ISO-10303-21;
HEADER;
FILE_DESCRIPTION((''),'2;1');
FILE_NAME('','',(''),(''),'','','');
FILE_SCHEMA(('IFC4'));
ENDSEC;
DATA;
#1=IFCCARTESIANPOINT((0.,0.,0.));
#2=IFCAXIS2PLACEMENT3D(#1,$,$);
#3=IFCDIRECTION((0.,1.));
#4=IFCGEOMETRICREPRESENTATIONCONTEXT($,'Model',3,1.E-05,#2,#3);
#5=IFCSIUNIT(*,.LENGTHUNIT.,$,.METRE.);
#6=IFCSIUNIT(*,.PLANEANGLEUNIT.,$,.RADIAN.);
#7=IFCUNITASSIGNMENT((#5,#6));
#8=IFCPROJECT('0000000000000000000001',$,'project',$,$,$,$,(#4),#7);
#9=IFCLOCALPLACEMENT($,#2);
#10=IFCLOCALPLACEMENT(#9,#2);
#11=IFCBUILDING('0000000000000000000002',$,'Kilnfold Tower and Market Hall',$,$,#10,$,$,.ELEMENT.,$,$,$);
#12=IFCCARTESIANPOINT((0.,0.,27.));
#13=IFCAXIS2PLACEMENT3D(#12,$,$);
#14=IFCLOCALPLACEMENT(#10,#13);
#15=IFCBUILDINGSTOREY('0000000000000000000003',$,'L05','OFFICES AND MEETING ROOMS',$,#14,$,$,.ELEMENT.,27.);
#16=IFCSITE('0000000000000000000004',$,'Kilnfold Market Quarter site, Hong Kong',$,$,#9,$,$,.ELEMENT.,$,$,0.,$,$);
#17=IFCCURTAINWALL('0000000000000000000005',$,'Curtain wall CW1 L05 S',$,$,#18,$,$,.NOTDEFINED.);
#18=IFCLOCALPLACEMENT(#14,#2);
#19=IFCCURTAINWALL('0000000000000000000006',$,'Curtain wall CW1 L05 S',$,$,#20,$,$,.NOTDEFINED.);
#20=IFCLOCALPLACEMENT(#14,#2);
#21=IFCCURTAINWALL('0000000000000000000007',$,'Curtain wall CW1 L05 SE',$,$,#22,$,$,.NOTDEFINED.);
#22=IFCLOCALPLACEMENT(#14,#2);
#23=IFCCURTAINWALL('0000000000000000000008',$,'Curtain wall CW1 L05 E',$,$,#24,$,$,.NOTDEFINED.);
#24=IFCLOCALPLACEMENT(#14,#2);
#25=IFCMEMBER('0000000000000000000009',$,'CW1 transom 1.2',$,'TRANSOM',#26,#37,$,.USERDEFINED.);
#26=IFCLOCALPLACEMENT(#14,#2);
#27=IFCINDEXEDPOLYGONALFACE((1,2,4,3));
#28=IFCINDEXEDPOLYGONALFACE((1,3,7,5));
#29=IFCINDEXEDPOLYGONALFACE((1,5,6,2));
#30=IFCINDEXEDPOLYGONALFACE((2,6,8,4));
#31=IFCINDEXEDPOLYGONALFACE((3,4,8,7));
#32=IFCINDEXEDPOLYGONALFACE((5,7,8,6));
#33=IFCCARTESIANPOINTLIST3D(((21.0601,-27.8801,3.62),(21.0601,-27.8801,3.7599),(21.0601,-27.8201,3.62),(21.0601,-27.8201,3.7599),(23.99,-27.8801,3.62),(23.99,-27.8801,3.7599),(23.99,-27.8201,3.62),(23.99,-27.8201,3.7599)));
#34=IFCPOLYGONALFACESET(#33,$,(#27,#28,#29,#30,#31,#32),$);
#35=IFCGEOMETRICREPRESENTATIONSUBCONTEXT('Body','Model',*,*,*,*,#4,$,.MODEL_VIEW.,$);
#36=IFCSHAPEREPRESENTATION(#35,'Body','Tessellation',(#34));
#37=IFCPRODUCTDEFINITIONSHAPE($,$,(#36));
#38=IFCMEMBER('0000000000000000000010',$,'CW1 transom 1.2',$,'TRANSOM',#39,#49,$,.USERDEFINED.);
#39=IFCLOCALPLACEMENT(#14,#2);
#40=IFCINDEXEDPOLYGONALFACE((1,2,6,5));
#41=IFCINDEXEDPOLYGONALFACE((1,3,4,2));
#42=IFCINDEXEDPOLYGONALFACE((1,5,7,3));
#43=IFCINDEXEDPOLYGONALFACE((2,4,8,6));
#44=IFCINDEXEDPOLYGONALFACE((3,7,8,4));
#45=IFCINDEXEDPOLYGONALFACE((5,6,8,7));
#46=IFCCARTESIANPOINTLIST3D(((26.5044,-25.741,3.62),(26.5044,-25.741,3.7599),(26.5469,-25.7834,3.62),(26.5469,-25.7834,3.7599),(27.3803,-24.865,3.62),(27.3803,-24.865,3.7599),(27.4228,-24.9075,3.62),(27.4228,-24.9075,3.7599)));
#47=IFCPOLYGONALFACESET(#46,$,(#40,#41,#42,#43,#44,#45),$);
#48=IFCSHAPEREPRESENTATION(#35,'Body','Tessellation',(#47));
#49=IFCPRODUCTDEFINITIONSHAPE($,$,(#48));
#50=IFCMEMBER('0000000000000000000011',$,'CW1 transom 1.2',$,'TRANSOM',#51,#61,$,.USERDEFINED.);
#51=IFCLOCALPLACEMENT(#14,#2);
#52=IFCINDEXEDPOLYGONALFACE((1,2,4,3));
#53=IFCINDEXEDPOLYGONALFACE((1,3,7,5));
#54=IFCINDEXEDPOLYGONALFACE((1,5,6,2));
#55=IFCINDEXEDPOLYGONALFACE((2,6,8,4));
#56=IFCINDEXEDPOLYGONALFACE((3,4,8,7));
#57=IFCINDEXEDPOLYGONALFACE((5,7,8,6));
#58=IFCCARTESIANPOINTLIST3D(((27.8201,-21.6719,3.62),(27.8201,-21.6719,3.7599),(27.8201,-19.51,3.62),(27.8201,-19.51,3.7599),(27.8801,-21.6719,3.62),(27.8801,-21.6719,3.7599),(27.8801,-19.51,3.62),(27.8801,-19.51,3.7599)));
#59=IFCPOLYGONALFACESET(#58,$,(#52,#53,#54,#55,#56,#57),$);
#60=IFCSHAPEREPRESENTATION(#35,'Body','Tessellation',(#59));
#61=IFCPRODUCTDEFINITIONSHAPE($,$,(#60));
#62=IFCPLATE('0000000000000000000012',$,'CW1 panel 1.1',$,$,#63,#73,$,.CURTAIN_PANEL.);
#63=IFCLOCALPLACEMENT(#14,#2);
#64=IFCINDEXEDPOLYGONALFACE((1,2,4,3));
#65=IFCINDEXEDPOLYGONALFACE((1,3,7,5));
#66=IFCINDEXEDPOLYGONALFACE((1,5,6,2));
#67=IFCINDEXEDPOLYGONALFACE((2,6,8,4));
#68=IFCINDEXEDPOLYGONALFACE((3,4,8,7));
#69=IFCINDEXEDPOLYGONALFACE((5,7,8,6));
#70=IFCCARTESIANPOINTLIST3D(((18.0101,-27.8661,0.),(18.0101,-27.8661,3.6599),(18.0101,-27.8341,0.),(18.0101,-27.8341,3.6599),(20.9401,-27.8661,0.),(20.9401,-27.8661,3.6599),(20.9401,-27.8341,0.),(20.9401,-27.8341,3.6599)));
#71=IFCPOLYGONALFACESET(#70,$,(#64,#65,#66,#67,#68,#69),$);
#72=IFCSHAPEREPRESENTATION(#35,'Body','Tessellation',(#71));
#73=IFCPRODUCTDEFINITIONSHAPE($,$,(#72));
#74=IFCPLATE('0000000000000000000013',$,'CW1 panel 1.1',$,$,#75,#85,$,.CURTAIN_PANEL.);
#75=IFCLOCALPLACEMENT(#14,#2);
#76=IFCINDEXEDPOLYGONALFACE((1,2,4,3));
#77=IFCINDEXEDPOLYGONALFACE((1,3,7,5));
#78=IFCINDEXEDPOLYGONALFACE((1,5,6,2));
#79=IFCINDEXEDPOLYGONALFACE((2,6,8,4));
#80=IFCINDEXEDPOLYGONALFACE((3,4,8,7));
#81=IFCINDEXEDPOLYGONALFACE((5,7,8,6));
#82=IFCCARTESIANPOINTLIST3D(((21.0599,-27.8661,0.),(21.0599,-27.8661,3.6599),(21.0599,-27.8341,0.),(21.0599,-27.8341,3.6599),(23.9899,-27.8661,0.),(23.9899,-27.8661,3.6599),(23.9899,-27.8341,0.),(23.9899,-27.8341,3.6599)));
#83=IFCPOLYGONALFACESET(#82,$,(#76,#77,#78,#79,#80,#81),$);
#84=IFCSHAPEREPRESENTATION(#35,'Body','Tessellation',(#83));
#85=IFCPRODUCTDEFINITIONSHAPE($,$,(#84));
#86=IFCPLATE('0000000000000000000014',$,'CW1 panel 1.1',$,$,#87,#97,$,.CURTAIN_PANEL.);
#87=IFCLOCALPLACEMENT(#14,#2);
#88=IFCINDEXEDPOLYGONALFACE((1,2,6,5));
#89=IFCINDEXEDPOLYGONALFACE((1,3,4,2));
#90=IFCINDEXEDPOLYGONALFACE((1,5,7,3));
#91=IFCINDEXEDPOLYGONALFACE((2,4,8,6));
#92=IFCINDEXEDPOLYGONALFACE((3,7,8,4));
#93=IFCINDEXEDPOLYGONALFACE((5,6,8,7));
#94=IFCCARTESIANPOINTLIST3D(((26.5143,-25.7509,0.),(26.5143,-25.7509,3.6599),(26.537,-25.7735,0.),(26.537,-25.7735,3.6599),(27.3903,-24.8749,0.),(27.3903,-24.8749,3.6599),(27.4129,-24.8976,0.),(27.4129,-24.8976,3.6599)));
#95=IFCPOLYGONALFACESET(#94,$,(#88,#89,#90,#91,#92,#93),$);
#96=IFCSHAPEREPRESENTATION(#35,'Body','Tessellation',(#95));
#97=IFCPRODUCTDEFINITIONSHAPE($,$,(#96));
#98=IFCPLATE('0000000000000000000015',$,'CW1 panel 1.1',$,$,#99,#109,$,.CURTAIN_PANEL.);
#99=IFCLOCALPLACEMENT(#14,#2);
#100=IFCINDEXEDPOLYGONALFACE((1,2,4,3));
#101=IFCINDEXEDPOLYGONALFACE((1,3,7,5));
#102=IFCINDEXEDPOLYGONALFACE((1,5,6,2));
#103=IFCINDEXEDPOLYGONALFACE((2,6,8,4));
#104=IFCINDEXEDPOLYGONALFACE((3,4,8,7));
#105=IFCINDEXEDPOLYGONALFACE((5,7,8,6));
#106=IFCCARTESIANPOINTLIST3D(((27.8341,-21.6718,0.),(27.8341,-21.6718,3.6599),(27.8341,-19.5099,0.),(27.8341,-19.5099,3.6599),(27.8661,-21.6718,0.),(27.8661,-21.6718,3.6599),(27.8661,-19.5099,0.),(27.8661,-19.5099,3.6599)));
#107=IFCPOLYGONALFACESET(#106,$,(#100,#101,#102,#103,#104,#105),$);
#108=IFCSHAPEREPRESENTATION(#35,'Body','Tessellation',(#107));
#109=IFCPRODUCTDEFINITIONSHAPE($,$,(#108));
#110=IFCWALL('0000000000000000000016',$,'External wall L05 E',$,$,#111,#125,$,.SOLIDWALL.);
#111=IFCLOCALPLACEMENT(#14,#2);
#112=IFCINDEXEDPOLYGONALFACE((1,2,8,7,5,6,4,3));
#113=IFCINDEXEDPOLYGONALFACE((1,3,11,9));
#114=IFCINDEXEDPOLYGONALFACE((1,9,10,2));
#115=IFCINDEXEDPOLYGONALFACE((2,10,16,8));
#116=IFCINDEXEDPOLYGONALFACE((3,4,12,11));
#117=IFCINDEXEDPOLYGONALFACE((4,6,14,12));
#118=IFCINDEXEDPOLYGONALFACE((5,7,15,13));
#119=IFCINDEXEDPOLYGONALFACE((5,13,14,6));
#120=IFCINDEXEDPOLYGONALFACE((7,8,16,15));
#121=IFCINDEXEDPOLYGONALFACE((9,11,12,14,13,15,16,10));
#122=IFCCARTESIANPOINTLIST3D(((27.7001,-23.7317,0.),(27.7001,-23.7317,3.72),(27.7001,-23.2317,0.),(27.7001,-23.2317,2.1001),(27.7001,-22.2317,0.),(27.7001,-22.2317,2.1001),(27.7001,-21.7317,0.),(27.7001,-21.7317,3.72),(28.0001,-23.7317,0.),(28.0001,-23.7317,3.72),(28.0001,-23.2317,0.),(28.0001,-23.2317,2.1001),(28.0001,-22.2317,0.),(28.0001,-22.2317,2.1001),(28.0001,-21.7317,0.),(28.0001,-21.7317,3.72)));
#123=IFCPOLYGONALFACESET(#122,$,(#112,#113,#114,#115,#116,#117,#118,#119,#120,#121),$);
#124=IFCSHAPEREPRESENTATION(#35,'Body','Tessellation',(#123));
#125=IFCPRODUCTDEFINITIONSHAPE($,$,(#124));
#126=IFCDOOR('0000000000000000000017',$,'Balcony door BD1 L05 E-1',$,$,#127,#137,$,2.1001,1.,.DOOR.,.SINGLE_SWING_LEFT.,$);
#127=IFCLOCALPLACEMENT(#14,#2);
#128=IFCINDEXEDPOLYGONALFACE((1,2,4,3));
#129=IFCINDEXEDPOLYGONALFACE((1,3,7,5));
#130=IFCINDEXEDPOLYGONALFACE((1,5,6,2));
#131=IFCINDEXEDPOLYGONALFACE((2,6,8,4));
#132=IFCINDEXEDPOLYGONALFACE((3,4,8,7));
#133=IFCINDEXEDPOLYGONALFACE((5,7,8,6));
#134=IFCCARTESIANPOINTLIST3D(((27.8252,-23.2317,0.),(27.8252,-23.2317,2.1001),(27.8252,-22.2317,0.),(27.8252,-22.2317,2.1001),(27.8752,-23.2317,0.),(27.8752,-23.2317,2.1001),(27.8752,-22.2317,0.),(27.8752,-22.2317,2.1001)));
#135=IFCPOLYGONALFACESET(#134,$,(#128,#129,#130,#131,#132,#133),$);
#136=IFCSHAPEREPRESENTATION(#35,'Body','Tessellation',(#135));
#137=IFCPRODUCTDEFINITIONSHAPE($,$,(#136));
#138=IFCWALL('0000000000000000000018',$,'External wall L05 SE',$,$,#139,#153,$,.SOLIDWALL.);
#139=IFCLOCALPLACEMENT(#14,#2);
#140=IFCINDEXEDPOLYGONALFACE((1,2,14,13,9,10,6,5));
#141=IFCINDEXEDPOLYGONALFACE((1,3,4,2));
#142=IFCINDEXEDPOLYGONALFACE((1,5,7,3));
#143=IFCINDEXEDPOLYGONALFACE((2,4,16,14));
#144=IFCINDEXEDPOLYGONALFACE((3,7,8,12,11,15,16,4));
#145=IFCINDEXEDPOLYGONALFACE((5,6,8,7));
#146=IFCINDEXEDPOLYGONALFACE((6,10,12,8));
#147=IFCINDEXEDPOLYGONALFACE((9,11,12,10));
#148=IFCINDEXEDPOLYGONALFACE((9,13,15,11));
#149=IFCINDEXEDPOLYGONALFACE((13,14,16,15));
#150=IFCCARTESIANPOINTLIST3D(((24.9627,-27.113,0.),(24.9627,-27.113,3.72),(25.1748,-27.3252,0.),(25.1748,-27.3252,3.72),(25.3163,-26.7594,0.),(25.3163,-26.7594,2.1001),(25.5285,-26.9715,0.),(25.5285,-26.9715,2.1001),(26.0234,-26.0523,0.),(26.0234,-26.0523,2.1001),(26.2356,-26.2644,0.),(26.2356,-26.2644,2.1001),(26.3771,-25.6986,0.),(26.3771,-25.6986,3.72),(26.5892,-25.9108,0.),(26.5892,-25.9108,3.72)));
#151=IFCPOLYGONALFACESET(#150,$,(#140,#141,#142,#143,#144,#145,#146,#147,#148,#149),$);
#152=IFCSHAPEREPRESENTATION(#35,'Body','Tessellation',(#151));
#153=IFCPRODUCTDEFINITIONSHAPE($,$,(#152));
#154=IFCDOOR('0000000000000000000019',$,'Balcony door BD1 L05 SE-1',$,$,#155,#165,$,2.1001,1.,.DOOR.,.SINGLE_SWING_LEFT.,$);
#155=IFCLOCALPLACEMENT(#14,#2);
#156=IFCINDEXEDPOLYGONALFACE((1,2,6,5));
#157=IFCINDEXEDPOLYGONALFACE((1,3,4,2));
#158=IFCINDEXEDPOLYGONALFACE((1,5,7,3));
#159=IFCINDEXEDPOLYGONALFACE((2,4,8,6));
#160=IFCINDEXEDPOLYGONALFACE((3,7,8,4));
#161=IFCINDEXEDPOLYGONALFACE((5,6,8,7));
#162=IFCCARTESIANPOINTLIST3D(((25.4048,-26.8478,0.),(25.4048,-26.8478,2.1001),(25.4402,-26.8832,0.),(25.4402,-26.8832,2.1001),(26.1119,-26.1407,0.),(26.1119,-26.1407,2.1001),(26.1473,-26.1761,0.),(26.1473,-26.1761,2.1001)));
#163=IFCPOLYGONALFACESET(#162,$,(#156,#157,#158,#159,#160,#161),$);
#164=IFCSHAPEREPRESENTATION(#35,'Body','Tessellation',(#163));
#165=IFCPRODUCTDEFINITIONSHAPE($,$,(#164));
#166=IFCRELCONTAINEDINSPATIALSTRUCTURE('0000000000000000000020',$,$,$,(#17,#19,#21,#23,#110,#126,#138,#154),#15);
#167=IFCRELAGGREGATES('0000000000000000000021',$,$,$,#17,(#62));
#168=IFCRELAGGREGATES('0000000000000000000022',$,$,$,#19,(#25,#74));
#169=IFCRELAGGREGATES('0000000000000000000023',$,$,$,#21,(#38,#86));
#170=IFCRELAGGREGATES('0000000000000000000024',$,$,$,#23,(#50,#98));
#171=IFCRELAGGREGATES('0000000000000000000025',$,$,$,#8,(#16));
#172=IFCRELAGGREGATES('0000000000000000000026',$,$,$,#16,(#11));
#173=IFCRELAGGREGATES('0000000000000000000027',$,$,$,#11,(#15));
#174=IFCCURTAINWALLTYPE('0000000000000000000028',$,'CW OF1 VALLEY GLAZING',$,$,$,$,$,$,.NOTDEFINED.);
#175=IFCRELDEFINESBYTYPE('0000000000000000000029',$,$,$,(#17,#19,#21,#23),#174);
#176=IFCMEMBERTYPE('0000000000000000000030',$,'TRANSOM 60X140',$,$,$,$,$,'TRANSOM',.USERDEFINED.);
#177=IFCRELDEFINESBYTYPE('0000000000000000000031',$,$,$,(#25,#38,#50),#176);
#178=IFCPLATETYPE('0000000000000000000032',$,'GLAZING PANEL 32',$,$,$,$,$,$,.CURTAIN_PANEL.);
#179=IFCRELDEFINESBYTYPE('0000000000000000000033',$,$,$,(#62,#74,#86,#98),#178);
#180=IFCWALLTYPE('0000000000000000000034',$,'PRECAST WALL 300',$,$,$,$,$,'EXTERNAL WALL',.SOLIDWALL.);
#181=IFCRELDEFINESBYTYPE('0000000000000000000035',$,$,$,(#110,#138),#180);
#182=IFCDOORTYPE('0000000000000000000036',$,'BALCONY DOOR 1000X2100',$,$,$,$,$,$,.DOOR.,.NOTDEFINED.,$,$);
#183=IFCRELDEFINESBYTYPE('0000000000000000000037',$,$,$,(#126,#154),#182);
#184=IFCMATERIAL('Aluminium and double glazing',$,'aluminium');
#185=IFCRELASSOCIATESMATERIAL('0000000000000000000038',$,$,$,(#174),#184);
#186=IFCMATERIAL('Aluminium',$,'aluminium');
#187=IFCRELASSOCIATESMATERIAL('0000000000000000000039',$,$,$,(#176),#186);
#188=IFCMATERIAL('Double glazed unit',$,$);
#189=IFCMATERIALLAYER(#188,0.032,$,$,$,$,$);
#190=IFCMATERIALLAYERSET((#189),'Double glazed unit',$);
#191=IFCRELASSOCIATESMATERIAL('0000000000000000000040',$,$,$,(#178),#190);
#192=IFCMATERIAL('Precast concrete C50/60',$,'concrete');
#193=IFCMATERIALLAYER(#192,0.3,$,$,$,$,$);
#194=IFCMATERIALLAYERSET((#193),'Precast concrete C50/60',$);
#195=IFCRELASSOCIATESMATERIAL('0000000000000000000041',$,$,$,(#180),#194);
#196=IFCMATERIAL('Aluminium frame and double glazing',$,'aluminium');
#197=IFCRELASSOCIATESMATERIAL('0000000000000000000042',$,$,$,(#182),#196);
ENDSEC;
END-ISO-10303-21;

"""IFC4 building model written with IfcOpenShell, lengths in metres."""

from ifc_helpers import new_model, si_unit, direction, frame, frame_2d, origin, origin_2d, place, context, subcontext, project, spatial, rectangle, extrude, source, transform, mapped, material, layer, layer_set, material_profile, profile_set, type_object, element, fill, aggregate, save


model = new_model("IFC4")

# Units and contexts
model_context = context("Model", 3, precision=1e-05, world=origin(), true_north=direction((0.0, 1.0)))
body_context = subcontext(model_context, "Body", "Model", "MODEL_VIEW")
ifc_project = project(units=[si_unit("LENGTHUNIT", "METRE"), si_unit("PLANEANGLEUNIT", "RADIAN")], contexts=[model_context])

# Site, building, storey
site_placement = place(None, origin())
site = spatial("IfcSite", under=ifc_project, at=site_placement, Name="Kilnfold Market Quarter site, Hong Kong", CompositionType="ELEMENT", RefElevation=0.0)
building_placement = place(site_placement, origin())
building = spatial("IfcBuilding", under=site, at=building_placement, Name="Kilnfold Tower and Market Hall", CompositionType="ELEMENT")
storey_placement = place(building_placement, frame((0.0, 0.0, 27.0)))
storey = spatial("IfcBuildingStorey", under=building, at=storey_placement, Name="L05", Description="OFFICES AND MEETING ROOMS", CompositionType="ELEMENT", Elevation=27.0)

# Curtain wall
ifc_material_1 = material(Name="Aluminium and double glazing", Category="aluminium")
curtain_wall_type = type_object("IfcCurtainWallType", Name="CW OF1 VALLEY GLAZING", PredefinedType="NOTDEFINED", material=ifc_material_1)
curtain_wall_1_placement = place(storey_placement, origin())
curtain_wall_1 = element("IfcCurtainWall", 1, at=curtain_wall_1_placement, inside=storey, type_object=curtain_wall_type, Name="Curtain wall CW1 L05 S", PredefinedType="NOTDEFINED")

# Curtain walls
curtain_wall_2_placement = place(storey_placement, origin())
curtain_wall_2 = element("IfcCurtainWall", 2, at=curtain_wall_2_placement, inside=storey, type_object=curtain_wall_type, Name="Curtain wall CW1 L05 S", PredefinedType="NOTDEFINED")
curtain_wall_3_placement = place(storey_placement, origin())
curtain_wall_3 = element("IfcCurtainWall", 3, at=curtain_wall_3_placement, inside=storey, type_object=curtain_wall_type, Name="Curtain wall CW1 L05 SE", PredefinedType="NOTDEFINED")
curtain_wall_4_placement = place(storey_placement, origin())
curtain_wall_4 = element("IfcCurtainWall", 4, at=curtain_wall_4_placement, inside=storey, type_object=curtain_wall_type, Name="Curtain wall CW1 L05 E", PredefinedType="NOTDEFINED")

# Members
ifc_material_2 = material(Name="Aluminium", Category="aluminium")
ifc_material_profile_1 = material_profile(ifc_material_2, rectangle(XDim=0.0601, YDim=0.1399, at=origin_2d()), Name="TRANSOM 60x140")
ifc_profile_set_1 = profile_set([ifc_material_profile_1], Name="Aluminium")
member_type_1 = type_object("IfcMemberType", Name="TRANSOM 60X140", ElementType="TRANSOM", PredefinedType="USERDEFINED", material=ifc_profile_set_1)
shared_shape_1 = source(origin(), body_context, "Body", "SweptSolid", [
    extrude(rectangle(XDim=0.0601, YDim=0.1399, at=origin_2d()), origin(), (0.0, 0.0, 1.0), 2.9299),
])
member_1_placement = place(storey_placement, frame((21.0601, -27.8501, 3.6899), z_axis=(1.0, 0.0, 0.0), x_axis=(0.0, 1.0, 0.0)))
member_1 = element("IfcMember", 5, at=member_1_placement, type_object=member_type_1, Name="CW1 transom 1.2", ObjectType="TRANSOM", PredefinedType="USERDEFINED", context=body_context, shape_type="MappedRepresentation", body=[
    mapped(shared_shape_1, transform((0.0, 0.0, 0.0))),
])
shared_shape_2 = source(origin(), body_context, "Body", "SweptSolid", [
    extrude(rectangle(XDim=0.0601, YDim=0.1399, at=origin_2d()), origin(), (0.0, 0.0, 1.0), 1.2388),
])
member_2_placement = place(storey_placement, frame((26.5256, -25.7622, 3.6899), z_axis=(0.707107, 0.707107, 0.0), x_axis=(-0.707107, 0.707107, 0.0)))
member_2 = element("IfcMember", 6, at=member_2_placement, type_object=member_type_1, Name="CW1 transom 1.2", ObjectType="TRANSOM", PredefinedType="USERDEFINED", context=body_context, shape_type="MappedRepresentation", body=[
    mapped(shared_shape_2, transform((0.0, 0.0, 0.0))),
])
shared_shape_3 = source(origin(), body_context, "Body", "SweptSolid", [
    extrude(rectangle(XDim=0.0601, YDim=0.1399, at=origin_2d()), origin(), (0.0, 0.0, 1.0), 2.1619),
])
member_3_placement = place(storey_placement, frame((27.8501, -21.6719, 3.6899), z_axis=(0.0, 1.0, 0.0), x_axis=(-1.0, 0.0, 0.0)))
member_3 = element("IfcMember", 7, at=member_3_placement, type_object=member_type_1, Name="CW1 transom 1.2", ObjectType="TRANSOM", PredefinedType="USERDEFINED", context=body_context, shape_type="MappedRepresentation", body=[
    mapped(shared_shape_3, transform((0.0, 0.0, 0.0))),
])

# Plates
ifc_material_3 = material(Name="Double glazed unit")
ifc_layer_1 = layer(ifc_material_3, 0.032)
ifc_layer_set_1 = layer_set([ifc_layer_1], Name="Double glazed unit")
plate_type = type_object("IfcPlateType", Name="GLAZING PANEL 32", PredefinedType="CURTAIN_PANEL", material=ifc_layer_set_1)
shared_shape_4 = source(origin(), body_context, "Body", "SweptSolid", [
    extrude(rectangle(XDim=2.9299, YDim=0.032, at=origin_2d()), origin(), (0.0, 0.0, 1.0), 3.6599),
])
plate_1_placement = place(storey_placement, frame((19.4751, -27.8501, 0.0), z_axis=(0.0, 0.0, 1.0), x_axis=(1.0, 0.0, 0.0)))
plate_1 = element("IfcPlate", 8, at=plate_1_placement, type_object=plate_type, Name="CW1 panel 1.1", PredefinedType="CURTAIN_PANEL", context=body_context, shape_type="MappedRepresentation", body=[
    mapped(shared_shape_4, transform((0.0, 0.0, 0.0))),
])
aggregate(curtain_wall_1, [plate_1])
plate_2_placement = place(storey_placement, frame((22.5249, -27.8501, 0.0), z_axis=(0.0, 0.0, 1.0), x_axis=(1.0, 0.0, 0.0)))
plate_2 = element("IfcPlate", 9, at=plate_2_placement, type_object=plate_type, Name="CW1 panel 1.1", PredefinedType="CURTAIN_PANEL", context=body_context, shape_type="MappedRepresentation", body=[
    mapped(shared_shape_4, transform((0.0, 0.0, 0.0))),
])
aggregate(curtain_wall_2, [member_1, plate_2])
shared_shape_5 = source(origin(), body_context, "Body", "SweptSolid", [
    extrude(rectangle(XDim=1.2388, YDim=0.032, at=origin_2d()), origin(), (0.0, 0.0, 1.0), 3.6599),
])
plate_3_placement = place(storey_placement, frame((26.9636, -25.3242, 0.0), z_axis=(0.0, 0.0, 1.0), x_axis=(0.707107, 0.707107, 0.0)))
plate_3 = element("IfcPlate", 10, at=plate_3_placement, type_object=plate_type, Name="CW1 panel 1.1", PredefinedType="CURTAIN_PANEL", context=body_context, shape_type="MappedRepresentation", body=[
    mapped(shared_shape_5, transform((0.0, 0.0, 0.0))),
])
aggregate(curtain_wall_3, [member_2, plate_3])
shared_shape_6 = source(origin(), body_context, "Body", "SweptSolid", [
    extrude(rectangle(XDim=2.1619, YDim=0.032, at=origin_2d()), origin(), (0.0, 0.0, 1.0), 3.6599),
])
plate_4_placement = place(storey_placement, frame((27.8501, -20.5908, 0.0), z_axis=(0.0, 0.0, 1.0), x_axis=(0.0, 1.0, 0.0)))
plate_4 = element("IfcPlate", 11, at=plate_4_placement, type_object=plate_type, Name="CW1 panel 1.1", PredefinedType="CURTAIN_PANEL", context=body_context, shape_type="MappedRepresentation", body=[
    mapped(shared_shape_6, transform((0.0, 0.0, 0.0))),
])
aggregate(curtain_wall_4, [member_3, plate_4])

# Walls, openings, doors
ifc_material_4 = material(Name="Precast concrete C50/60", Category="concrete")
ifc_layer_2 = layer(ifc_material_4, 0.3)
ifc_layer_set_2 = layer_set([ifc_layer_2], Name="Precast concrete C50/60")
wall_type = type_object("IfcWallType", Name="PRECAST WALL 300", ElementType="EXTERNAL WALL", PredefinedType="SOLIDWALL", material=ifc_layer_set_2)
shared_shape_7 = source(origin(), body_context, "Body", "SweptSolid", [
    extrude(rectangle(XDim=2.0, YDim=0.3, at=frame_2d((1.0, 0.0))), origin(), (0.0, 0.0, 1.0), 3.72),
])
wall_1_placement = place(storey_placement, frame((27.8501, -23.7317, 0.0), z_axis=(0.0, 0.0, 1.0), x_axis=(0.0, 1.0, 0.0)))
wall_1 = element("IfcWall", 12, at=wall_1_placement, inside=storey, type_object=wall_type, Name="External wall L05 E", PredefinedType="SOLIDWALL", context=body_context, shape_type="MappedRepresentation", body=[
    mapped(shared_shape_7, transform((0.0, 0.0, 0.0))),
])
opening_1_placement = place(wall_1_placement, frame((0.5, 0.0, 0.0)))
opening_1 = element("IfcOpeningElement", 13, at=opening_1_placement, cuts=wall_1, PredefinedType="OPENING", context=body_context, shape_type="SweptSolid", body=[
    extrude(rectangle(XDim=1.0, YDim=2.1001, at=frame_2d((0.5, 1.05))), frame((0.0, 0.1602, 0.0), z_axis=(0.0, -1.0, 0.0), x_axis=(1.0, 0.0, 0.0)), (0.0, 0.0, 1.0), 0.3201),
])
ifc_material_5 = material(Name="Aluminium frame and double glazing", Category="aluminium")
door_type = type_object("IfcDoorType", Name="BALCONY DOOR 1000X2100", OperationType="NOTDEFINED", PredefinedType="DOOR", material=ifc_material_5)
door_1_placement = place(opening_1_placement, origin())
door_1 = element("IfcDoor", 14, at=door_1_placement, inside=storey, type_object=door_type, Name="Balcony door BD1 L05 E-1", OperationType="SINGLE_SWING_LEFT", OverallHeight=2.1001, OverallWidth=1.0, PredefinedType="DOOR", context=body_context, shape_type="SweptSolid", body=[
    extrude(rectangle(XDim=1.0, YDim=2.1001, at=frame_2d((0.5, 1.05))), frame((0.0, 0.0249, 0.0), z_axis=(0.0, -1.0, 0.0), x_axis=(1.0, 0.0, 0.0)), (0.0, 0.0, 1.0), 0.05),
])
fill(opening_1, door_1)
shared_shape_8 = source(origin(), body_context, "Body", "SweptSolid", [
    extrude(rectangle(XDim=2.0002, YDim=0.3, at=frame_2d((1.0, 0.0))), origin(), (0.0, 0.0, 1.0), 3.72),
])
wall_2_placement = place(storey_placement, frame((25.0688, -27.219, 0.0), z_axis=(0.0, 0.0, 1.0), x_axis=(0.707107, 0.707107, 0.0)))
wall_2 = element("IfcWall", 15, at=wall_2_placement, inside=storey, type_object=wall_type, Name="External wall L05 SE", PredefinedType="SOLIDWALL", context=body_context, shape_type="MappedRepresentation", body=[
    mapped(shared_shape_8, transform((0.0, 0.0, 0.0))),
])
opening_2_placement = place(wall_2_placement, frame((0.5, 0.0, 0.0)))
opening_2 = element("IfcOpeningElement", 16, at=opening_2_placement, cuts=wall_2, PredefinedType="OPENING", context=body_context, shape_type="SweptSolid", body=[
    extrude(rectangle(XDim=1.0, YDim=2.1001, at=frame_2d((0.5, 1.05))), frame((0.0, 0.1602, 0.0), z_axis=(0.0, -1.0, 0.0), x_axis=(1.0, 0.0, 0.0)), (0.0, 0.0, 1.0), 0.3201),
])
door_2_placement = place(opening_2_placement, origin())
door_2 = element("IfcDoor", 17, at=door_2_placement, inside=storey, type_object=door_type, Name="Balcony door BD1 L05 SE-1", OperationType="SINGLE_SWING_LEFT", OverallHeight=2.1001, OverallWidth=1.0, PredefinedType="DOOR", context=body_context, shape_type="SweptSolid", body=[
    extrude(rectangle(XDim=1.0, YDim=2.1001, at=frame_2d((0.5, 1.05))), frame((0.0, 0.0249, 0.0), z_axis=(0.0, -1.0, 0.0), x_axis=(1.0, 0.0, 0.0)), (0.0, 0.0, 1.0), 0.05),
])
fill(opening_2, door_2)

save(model, "model.ifc")
